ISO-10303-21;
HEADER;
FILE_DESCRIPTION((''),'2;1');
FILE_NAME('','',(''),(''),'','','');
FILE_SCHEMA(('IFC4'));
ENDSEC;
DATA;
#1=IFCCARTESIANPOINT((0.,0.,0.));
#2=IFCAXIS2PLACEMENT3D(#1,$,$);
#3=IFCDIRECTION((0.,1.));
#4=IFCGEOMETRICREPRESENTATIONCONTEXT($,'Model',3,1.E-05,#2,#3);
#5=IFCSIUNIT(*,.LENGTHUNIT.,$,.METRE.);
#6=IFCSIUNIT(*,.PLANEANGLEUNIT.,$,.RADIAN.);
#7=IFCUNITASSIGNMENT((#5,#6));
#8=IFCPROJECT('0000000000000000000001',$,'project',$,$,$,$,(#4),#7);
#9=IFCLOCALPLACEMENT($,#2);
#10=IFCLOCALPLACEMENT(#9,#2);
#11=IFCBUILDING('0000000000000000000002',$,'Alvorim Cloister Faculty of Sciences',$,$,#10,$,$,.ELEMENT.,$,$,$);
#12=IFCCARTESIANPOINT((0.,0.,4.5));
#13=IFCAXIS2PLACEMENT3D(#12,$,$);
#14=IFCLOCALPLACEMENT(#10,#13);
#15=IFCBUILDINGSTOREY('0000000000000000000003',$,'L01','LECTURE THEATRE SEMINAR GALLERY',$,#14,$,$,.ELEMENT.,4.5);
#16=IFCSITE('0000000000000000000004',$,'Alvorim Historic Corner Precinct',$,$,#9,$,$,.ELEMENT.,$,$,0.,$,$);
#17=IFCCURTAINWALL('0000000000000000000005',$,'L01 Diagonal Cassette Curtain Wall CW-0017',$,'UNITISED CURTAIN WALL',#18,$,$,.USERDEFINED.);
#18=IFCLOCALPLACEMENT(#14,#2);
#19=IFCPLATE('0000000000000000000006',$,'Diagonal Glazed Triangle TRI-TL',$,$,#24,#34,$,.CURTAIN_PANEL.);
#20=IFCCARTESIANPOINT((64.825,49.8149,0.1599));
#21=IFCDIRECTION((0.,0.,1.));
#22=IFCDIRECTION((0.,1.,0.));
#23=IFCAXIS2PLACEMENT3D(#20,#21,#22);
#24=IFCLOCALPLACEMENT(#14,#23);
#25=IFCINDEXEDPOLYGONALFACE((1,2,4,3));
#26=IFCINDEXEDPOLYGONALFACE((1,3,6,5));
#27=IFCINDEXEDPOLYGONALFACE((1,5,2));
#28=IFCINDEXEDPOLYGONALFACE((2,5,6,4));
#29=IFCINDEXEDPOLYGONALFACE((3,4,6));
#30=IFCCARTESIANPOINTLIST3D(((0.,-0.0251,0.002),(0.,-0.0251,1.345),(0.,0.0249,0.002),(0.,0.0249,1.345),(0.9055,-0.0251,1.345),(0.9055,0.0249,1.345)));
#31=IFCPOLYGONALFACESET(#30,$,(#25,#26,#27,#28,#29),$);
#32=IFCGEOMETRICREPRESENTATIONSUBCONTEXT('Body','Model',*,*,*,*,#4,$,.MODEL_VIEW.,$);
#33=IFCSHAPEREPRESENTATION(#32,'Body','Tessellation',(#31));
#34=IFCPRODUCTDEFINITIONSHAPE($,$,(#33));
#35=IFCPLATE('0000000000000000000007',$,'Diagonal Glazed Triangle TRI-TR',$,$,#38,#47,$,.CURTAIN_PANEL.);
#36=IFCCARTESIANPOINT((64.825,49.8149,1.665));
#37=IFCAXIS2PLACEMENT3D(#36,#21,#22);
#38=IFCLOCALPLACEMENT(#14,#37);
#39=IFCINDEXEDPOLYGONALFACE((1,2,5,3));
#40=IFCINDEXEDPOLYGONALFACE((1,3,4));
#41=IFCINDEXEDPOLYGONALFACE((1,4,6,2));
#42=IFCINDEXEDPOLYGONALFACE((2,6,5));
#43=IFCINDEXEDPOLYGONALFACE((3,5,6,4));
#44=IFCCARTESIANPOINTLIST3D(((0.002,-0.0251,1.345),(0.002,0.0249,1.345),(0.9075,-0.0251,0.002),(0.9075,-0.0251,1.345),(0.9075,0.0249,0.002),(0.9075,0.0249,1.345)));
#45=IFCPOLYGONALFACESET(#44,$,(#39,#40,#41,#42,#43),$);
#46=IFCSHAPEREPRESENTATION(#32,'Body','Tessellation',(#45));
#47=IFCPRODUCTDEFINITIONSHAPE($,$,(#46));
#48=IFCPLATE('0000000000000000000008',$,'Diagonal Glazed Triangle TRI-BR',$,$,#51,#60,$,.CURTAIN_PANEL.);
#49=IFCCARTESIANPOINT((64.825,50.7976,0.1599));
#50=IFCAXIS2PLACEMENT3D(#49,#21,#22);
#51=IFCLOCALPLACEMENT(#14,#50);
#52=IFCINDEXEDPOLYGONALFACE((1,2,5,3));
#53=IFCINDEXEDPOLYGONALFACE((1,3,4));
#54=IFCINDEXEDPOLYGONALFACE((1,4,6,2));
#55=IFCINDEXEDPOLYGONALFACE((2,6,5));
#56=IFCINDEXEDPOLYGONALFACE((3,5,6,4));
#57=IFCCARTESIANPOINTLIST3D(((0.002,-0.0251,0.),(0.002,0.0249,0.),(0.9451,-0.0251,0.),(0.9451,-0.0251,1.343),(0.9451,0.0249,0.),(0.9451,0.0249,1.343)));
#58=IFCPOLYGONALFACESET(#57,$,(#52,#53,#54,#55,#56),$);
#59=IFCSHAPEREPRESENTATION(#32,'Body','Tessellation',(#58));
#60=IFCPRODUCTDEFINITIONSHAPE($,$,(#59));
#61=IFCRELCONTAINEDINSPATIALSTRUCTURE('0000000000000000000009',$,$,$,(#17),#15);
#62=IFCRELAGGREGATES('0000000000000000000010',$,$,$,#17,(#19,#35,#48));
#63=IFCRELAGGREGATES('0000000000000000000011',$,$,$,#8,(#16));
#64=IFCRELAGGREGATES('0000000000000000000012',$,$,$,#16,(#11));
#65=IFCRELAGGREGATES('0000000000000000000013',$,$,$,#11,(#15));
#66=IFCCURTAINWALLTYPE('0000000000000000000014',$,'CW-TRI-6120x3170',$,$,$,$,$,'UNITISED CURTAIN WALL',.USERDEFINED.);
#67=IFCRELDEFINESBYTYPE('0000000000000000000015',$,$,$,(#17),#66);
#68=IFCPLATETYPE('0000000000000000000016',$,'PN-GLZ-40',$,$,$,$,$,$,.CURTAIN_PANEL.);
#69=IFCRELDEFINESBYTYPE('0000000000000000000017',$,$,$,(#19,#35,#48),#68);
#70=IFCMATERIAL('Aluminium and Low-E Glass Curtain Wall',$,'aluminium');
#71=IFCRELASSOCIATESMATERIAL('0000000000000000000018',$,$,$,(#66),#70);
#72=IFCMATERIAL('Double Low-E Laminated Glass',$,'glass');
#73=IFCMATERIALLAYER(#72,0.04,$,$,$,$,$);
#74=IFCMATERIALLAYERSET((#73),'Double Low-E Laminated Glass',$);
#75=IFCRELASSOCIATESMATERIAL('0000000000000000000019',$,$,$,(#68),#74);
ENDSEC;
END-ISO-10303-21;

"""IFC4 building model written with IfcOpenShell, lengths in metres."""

from ifc_helpers import new_model, si_unit, direction, frame, origin, place, context, subcontext, project, spatial, polyline, outline, extrude, material, layer, layer_set, type_object, element, aggregate, save


model = new_model("IFC4")

# Units and contexts
model_context = context("Model", 3, precision=1e-05, world=origin(), true_north=direction((0.0, 1.0)))
body_context = subcontext(model_context, "Body", "Model", "MODEL_VIEW")
ifc_project = project(units=[si_unit("LENGTHUNIT", "METRE"), si_unit("PLANEANGLEUNIT", "RADIAN")], contexts=[model_context])

# Site, building, storey
site_placement = place(None, origin())
site = spatial("IfcSite", under=ifc_project, at=site_placement, Name="Alvorim Historic Corner Precinct", CompositionType="ELEMENT", RefElevation=0.0)
building_placement = place(site_placement, origin())
building = spatial("IfcBuilding", under=site, at=building_placement, Name="Alvorim Cloister Faculty of Sciences", CompositionType="ELEMENT")
storey_placement = place(building_placement, frame((0.0, 0.0, 4.5)))
storey = spatial("IfcBuildingStorey", under=building, at=storey_placement, Name="L01", Description="LECTURE THEATRE SEMINAR GALLERY", CompositionType="ELEMENT", Elevation=4.5)

# Curtain wall, plates
ifc_material_1 = material(Name="Aluminium and Low-E Glass Curtain Wall", Category="aluminium")
curtain_wall_type = type_object("IfcCurtainWallType", Name="CW-TRI-6120x3170", ElementType="UNITISED CURTAIN WALL", PredefinedType="USERDEFINED", material=ifc_material_1)
curtain_wall_placement = place(storey_placement, origin())
curtain_wall = element("IfcCurtainWall", 1, at=curtain_wall_placement, inside=storey, type_object=curtain_wall_type, Name="L01 Diagonal Cassette Curtain Wall CW-0017", ObjectType="UNITISED CURTAIN WALL", PredefinedType="USERDEFINED")
ifc_material_2 = material(Name="Double Low-E Laminated Glass", Category="glass")
ifc_layer_1 = layer(ifc_material_2, 0.04)
ifc_layer_set_1 = layer_set([ifc_layer_1], Name="Double Low-E Laminated Glass")
plate_type = type_object("IfcPlateType", Name="PN-GLZ-40", PredefinedType="CURTAIN_PANEL", material=ifc_layer_set_1)
plate_1_placement = place(storey_placement, frame((64.825, 49.8149, 0.1599), z_axis=(0.0, 0.0, 1.0), x_axis=(0.0, 1.0, 0.0)))
plate_1 = element("IfcPlate", 2, at=plate_1_placement, type_object=plate_type, Name="Diagonal Glazed Triangle TRI-TL", PredefinedType="CURTAIN_PANEL", context=body_context, shape_type="SweptSolid", body=[
    extrude(outline(polyline([(0.9055, 1.345), (0.0, 1.345), (0.0, 0.002), (0.9055, 1.345)])), frame((0.0, 0.0249, 0.0), z_axis=(0.0, -1.0, 0.0), x_axis=(1.0, 0.0, 0.0)), (0.0, 0.0, 1.0), 0.05),
])
plate_2_placement = place(storey_placement, frame((64.825, 49.8149, 1.665), z_axis=(0.0, 0.0, 1.0), x_axis=(0.0, 1.0, 0.0)))
plate_2 = element("IfcPlate", 3, at=plate_2_placement, type_object=plate_type, Name="Diagonal Glazed Triangle TRI-TR", PredefinedType="CURTAIN_PANEL", context=body_context, shape_type="SweptSolid", body=[
    extrude(outline(polyline([(0.9075, 0.002), (0.9075, 1.345), (0.002, 1.345), (0.9075, 0.002)])), frame((0.0, 0.0249, 0.0), z_axis=(0.0, -1.0, 0.0), x_axis=(1.0, 0.0, 0.0)), (0.0, 0.0, 1.0), 0.05),
])
plate_3_placement = place(storey_placement, frame((64.825, 50.7976, 0.1599), z_axis=(0.0, 0.0, 1.0), x_axis=(0.0, 1.0, 0.0)))
plate_3 = element("IfcPlate", 4, at=plate_3_placement, type_object=plate_type, Name="Diagonal Glazed Triangle TRI-BR", PredefinedType="CURTAIN_PANEL", context=body_context, shape_type="SweptSolid", body=[
    extrude(outline(polyline([(0.002, 0.0), (0.9451, 0.0), (0.9451, 1.343), (0.002, 0.0)])), frame((0.0, 0.0249, 0.0), z_axis=(0.0, -1.0, 0.0), x_axis=(1.0, 0.0, 0.0)), (0.0, 0.0, 1.0), 0.05),
])
aggregate(curtain_wall, [plate_1, plate_2, plate_3])

save(model, "model.ifc")
